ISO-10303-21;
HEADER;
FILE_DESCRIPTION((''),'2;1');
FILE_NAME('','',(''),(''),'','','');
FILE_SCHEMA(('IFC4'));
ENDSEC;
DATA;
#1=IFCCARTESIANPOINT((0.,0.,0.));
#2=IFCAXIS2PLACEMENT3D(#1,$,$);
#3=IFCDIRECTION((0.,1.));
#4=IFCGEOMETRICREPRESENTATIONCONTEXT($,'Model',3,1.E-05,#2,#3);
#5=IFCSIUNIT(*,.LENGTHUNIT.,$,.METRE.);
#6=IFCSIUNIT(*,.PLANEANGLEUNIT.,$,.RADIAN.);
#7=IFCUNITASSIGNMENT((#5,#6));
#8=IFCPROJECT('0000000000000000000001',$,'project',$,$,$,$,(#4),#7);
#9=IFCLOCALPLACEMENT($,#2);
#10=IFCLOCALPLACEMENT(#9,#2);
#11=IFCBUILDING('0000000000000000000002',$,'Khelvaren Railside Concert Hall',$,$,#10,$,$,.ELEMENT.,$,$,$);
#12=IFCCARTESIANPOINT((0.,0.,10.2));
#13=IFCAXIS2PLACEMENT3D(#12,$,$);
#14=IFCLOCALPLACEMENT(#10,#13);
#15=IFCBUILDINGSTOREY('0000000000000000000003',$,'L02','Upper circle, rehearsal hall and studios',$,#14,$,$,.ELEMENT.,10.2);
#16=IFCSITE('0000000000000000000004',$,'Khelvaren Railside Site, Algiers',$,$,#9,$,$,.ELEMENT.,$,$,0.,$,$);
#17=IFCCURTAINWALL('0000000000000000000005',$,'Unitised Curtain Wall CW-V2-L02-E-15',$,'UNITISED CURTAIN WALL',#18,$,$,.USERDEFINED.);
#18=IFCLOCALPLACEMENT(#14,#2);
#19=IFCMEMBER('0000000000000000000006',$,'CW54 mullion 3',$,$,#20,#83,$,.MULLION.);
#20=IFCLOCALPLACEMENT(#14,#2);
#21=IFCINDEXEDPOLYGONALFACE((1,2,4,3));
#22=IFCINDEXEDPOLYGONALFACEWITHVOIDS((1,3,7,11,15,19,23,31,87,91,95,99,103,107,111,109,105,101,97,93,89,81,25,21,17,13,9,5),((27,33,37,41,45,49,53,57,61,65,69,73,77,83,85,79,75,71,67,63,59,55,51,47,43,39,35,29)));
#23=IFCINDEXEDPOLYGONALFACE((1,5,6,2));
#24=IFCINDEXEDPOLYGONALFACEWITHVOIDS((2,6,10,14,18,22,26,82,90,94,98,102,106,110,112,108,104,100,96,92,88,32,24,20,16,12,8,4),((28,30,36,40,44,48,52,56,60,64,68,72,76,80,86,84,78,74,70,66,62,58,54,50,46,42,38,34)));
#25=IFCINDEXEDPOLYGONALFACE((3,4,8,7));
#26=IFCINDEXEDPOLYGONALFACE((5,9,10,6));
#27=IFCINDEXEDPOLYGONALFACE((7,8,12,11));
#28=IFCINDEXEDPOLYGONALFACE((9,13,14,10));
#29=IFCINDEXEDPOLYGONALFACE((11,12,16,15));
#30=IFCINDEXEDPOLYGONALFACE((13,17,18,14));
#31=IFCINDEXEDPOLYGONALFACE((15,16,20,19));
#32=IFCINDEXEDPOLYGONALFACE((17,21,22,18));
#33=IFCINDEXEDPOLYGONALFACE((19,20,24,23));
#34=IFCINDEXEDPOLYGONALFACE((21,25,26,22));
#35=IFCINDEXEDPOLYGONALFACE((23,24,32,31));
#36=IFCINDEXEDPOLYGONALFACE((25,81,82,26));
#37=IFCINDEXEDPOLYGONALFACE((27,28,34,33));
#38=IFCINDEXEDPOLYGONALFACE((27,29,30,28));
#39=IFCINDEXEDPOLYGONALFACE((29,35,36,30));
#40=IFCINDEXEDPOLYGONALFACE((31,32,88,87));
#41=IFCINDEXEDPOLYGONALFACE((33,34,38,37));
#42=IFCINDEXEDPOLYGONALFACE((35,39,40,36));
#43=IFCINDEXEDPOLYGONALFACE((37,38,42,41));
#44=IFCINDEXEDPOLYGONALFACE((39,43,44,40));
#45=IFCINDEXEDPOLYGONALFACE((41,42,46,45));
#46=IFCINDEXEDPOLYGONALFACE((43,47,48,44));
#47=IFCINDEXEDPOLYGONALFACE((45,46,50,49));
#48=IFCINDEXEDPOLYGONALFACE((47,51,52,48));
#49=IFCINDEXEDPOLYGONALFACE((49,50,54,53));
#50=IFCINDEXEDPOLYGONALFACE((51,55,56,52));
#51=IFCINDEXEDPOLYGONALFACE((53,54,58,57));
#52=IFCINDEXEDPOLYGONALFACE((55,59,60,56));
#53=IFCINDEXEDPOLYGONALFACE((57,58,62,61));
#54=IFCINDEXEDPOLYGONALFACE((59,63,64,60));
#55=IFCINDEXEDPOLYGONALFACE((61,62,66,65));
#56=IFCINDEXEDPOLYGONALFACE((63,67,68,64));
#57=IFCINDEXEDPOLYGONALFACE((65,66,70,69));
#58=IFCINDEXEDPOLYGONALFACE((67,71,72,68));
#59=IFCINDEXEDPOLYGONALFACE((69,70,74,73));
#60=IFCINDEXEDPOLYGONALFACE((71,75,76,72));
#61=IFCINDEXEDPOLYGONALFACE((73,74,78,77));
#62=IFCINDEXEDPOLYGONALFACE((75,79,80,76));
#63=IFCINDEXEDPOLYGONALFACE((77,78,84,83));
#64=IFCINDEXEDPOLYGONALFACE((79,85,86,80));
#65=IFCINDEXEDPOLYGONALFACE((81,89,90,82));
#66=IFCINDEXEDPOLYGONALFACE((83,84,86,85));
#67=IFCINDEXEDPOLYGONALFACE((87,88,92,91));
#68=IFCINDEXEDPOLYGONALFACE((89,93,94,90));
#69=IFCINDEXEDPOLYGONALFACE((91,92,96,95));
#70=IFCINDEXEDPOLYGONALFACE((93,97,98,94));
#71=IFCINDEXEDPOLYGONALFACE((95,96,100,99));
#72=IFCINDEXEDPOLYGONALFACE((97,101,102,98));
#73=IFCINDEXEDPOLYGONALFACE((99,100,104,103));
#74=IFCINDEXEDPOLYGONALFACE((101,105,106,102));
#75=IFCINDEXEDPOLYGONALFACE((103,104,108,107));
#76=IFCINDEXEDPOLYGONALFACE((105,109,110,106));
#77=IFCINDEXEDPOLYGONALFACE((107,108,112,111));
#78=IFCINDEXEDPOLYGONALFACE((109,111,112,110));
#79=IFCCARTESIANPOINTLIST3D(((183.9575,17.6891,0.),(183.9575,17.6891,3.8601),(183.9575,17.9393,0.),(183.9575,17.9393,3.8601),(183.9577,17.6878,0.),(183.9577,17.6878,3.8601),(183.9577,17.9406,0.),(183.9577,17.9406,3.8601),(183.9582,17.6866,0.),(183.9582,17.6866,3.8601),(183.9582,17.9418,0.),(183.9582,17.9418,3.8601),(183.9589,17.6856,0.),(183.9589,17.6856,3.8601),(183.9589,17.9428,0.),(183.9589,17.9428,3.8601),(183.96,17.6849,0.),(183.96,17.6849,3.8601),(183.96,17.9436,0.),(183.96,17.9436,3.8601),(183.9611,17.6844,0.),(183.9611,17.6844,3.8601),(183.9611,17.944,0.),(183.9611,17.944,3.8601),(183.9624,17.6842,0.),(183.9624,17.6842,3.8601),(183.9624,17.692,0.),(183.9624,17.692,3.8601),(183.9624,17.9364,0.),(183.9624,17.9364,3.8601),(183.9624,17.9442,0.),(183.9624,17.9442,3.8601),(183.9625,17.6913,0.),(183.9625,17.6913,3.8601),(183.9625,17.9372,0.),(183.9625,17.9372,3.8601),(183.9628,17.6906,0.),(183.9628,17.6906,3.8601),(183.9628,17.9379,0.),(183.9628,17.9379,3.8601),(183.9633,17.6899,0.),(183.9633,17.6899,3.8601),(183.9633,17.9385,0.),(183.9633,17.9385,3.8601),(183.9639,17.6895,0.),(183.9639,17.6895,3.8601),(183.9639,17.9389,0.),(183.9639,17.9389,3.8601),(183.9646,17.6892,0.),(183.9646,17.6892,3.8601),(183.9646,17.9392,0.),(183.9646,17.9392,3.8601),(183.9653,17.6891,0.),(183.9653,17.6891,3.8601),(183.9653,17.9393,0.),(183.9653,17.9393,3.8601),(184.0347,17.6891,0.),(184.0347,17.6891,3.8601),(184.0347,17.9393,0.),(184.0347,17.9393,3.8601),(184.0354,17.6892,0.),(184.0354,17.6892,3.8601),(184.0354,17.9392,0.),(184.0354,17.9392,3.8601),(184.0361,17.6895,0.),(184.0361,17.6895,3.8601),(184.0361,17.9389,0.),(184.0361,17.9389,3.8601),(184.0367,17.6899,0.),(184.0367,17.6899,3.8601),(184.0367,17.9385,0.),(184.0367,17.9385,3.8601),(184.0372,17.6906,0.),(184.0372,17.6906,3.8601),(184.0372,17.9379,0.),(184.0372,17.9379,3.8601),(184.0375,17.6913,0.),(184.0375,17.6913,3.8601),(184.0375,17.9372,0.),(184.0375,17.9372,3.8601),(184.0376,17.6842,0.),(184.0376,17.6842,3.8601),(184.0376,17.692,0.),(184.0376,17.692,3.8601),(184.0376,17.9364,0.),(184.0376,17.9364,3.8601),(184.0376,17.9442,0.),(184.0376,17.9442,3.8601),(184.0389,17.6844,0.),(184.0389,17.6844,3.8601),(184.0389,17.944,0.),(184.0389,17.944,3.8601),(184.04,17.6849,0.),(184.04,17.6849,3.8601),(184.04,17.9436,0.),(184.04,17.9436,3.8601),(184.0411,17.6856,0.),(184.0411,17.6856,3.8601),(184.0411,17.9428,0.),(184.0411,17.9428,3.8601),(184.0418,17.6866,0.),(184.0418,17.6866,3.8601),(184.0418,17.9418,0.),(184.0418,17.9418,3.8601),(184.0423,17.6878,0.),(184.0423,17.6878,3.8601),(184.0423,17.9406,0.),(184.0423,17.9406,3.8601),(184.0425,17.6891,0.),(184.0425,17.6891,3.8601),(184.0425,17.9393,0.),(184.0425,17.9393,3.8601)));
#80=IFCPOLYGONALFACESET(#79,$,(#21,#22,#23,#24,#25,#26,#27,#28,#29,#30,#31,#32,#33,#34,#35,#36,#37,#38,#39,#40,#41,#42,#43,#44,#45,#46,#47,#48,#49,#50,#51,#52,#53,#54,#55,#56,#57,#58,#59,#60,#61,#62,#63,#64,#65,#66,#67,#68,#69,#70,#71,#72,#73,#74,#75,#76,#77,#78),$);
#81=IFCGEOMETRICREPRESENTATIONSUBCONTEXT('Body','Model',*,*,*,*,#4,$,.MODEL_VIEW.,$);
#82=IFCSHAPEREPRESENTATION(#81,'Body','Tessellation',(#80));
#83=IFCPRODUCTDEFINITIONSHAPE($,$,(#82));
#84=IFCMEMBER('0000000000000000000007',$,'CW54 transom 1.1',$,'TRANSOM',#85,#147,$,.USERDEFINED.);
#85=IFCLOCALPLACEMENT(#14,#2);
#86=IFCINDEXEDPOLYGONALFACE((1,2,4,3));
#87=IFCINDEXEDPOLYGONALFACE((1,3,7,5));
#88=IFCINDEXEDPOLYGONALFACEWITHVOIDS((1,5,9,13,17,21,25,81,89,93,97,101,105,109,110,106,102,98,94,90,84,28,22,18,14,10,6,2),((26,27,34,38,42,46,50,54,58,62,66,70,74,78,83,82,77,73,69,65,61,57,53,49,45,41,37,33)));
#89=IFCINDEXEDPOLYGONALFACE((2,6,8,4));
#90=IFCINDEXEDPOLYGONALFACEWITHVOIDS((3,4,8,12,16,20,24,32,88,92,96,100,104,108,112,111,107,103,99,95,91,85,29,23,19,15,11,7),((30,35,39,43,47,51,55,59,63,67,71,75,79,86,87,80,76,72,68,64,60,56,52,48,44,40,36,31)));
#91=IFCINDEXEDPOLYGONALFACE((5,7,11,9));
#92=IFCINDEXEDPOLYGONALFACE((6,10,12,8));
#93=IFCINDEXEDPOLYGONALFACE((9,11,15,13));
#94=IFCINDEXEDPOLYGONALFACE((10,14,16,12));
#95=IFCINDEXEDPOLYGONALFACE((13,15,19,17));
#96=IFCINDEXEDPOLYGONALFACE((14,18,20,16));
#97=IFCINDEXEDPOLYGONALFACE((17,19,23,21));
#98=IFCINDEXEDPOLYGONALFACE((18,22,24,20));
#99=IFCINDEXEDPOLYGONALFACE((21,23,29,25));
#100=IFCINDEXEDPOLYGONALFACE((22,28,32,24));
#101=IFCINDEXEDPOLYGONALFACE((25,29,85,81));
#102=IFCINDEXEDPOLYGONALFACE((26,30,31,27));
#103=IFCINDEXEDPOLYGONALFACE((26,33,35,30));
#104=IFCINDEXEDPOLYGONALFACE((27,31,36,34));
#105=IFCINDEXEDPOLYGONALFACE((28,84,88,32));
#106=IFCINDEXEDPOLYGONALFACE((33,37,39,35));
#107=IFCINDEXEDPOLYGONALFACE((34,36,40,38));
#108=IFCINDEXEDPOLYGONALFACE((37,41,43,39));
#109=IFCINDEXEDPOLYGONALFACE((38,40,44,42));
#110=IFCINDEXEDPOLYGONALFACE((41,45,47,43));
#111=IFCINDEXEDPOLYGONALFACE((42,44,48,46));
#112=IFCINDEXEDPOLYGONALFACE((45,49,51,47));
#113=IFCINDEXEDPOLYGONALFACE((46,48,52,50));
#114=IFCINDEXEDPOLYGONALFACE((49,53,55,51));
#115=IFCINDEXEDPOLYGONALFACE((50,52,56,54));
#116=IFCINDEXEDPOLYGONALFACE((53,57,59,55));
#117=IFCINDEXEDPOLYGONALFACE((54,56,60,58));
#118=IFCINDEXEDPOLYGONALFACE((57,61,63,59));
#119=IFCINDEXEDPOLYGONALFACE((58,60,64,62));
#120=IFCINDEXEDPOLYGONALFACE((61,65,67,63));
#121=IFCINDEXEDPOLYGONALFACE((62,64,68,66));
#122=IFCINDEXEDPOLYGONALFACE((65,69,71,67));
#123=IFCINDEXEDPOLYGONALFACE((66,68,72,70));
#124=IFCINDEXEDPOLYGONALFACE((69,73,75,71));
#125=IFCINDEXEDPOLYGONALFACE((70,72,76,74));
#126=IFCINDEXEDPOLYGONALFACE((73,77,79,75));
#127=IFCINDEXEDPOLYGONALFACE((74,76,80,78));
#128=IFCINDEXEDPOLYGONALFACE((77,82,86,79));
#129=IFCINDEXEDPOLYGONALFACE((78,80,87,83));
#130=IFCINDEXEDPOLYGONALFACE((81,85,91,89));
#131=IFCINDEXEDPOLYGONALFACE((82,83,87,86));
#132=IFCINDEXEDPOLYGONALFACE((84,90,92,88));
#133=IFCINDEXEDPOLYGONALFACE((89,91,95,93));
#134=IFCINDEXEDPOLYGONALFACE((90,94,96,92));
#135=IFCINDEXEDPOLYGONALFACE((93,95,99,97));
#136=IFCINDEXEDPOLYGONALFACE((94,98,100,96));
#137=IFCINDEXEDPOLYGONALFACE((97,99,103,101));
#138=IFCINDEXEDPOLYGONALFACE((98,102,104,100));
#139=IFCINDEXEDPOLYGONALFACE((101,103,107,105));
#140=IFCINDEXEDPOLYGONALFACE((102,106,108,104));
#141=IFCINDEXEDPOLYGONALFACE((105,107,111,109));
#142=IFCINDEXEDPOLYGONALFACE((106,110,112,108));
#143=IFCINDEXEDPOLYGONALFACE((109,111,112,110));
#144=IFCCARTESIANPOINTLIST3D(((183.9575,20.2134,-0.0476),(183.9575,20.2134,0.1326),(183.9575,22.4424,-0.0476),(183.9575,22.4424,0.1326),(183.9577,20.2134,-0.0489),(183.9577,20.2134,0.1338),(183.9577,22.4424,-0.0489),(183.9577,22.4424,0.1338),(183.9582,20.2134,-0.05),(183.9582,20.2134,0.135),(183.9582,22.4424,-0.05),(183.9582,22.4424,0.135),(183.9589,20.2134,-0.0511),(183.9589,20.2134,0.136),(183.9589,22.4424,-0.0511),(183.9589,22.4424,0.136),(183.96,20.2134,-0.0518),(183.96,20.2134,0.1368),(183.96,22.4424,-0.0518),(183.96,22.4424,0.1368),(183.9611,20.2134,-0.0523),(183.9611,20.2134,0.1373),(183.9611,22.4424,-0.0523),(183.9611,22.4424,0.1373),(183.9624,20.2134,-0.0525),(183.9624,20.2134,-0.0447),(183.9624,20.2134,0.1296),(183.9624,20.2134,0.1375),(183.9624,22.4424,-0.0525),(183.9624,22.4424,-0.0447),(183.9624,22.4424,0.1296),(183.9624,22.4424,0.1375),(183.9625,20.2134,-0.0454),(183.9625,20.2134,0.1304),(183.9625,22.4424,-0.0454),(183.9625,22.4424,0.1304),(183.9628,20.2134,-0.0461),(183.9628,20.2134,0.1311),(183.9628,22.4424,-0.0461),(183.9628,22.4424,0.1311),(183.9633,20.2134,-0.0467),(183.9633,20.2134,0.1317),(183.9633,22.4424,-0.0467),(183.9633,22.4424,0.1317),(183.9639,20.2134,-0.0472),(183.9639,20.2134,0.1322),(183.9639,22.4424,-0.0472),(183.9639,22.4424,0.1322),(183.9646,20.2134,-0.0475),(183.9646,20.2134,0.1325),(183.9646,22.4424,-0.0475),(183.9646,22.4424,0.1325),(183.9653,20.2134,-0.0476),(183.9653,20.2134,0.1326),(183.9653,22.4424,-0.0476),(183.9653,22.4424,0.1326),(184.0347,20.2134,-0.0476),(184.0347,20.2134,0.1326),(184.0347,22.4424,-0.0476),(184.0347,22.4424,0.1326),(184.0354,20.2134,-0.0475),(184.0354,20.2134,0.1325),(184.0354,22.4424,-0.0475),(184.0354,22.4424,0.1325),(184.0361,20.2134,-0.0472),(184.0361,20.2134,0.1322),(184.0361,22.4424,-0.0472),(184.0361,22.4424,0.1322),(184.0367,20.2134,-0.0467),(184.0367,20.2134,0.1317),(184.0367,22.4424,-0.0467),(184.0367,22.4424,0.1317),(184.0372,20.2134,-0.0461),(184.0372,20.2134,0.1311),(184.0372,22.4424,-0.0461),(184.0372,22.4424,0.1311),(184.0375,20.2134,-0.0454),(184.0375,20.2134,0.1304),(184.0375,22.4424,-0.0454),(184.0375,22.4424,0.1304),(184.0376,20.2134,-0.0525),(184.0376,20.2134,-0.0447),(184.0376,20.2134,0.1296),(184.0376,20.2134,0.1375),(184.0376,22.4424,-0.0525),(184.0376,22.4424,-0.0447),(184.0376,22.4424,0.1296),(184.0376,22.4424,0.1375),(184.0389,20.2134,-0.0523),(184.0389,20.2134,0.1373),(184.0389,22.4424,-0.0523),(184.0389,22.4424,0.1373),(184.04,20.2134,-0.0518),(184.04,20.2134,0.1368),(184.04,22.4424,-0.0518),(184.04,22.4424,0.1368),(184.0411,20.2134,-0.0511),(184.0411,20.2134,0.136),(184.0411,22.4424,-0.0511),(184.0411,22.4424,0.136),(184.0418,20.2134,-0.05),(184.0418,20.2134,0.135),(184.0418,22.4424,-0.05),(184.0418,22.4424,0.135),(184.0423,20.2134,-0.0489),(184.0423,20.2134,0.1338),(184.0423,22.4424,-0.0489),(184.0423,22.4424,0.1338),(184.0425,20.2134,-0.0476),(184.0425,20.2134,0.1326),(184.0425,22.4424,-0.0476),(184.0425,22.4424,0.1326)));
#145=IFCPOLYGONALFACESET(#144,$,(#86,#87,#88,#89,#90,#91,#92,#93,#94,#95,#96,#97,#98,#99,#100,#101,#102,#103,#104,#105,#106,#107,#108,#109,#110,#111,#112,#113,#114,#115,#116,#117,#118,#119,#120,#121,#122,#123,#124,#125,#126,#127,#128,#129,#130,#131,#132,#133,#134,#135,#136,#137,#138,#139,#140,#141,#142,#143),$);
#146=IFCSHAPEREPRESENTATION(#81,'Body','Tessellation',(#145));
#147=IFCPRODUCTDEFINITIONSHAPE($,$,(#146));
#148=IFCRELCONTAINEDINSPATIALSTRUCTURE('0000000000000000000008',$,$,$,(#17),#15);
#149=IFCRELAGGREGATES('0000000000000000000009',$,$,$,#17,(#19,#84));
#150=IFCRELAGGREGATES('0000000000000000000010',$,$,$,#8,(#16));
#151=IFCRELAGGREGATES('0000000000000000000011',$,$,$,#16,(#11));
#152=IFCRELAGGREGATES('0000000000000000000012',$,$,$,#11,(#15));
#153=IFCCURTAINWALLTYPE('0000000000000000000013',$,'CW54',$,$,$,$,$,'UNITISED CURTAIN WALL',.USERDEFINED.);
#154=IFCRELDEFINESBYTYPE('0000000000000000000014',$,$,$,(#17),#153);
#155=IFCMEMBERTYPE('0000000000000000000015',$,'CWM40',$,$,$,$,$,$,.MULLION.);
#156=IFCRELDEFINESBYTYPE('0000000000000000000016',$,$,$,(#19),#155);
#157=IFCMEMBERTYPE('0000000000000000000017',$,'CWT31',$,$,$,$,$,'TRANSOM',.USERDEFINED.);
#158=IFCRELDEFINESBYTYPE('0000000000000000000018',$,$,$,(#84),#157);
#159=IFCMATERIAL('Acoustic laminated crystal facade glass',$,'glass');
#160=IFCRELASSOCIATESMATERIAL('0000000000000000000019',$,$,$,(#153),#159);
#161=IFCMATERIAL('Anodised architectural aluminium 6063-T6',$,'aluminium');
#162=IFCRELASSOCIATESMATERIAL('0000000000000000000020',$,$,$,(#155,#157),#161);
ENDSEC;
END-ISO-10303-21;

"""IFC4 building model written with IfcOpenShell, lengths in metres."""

from ifc_helpers import new_model, si_unit, direction, frame, origin, origin_2d, place, context, subcontext, project, spatial, hollow_rectangle, extrude, material, material_profile, profile_set, type_object, element, aggregate, save


model = new_model("IFC4")

# Units and contexts
model_context = context("Model", 3, precision=1e-05, world=origin(), true_north=direction((0.0, 1.0)))
body_context = subcontext(model_context, "Body", "Model", "MODEL_VIEW")
ifc_project = project(units=[si_unit("LENGTHUNIT", "METRE"), si_unit("PLANEANGLEUNIT", "RADIAN")], contexts=[model_context])

# Site, building, storey
site_placement = place(None, origin())
site = spatial("IfcSite", under=ifc_project, at=site_placement, Name="Khelvaren Railside Site, Algiers", CompositionType="ELEMENT", RefElevation=0.0)
building_placement = place(site_placement, origin())
building = spatial("IfcBuilding", under=site, at=building_placement, Name="Khelvaren Railside Concert Hall", CompositionType="ELEMENT")
storey_placement = place(building_placement, frame((0.0, 0.0, 10.2)))
storey = spatial("IfcBuildingStorey", under=building, at=storey_placement, Name="L02", Description="Upper circle, rehearsal hall and studios", CompositionType="ELEMENT", Elevation=10.2)

# Curtain wall, members
ifc_material_1 = material(Name="Acoustic laminated crystal facade glass", Category="glass")
curtain_wall_type = type_object("IfcCurtainWallType", Name="CW54", ElementType="UNITISED CURTAIN WALL", PredefinedType="USERDEFINED", material=ifc_material_1)
curtain_wall_placement = place(storey_placement, origin())
curtain_wall = element("IfcCurtainWall", 1, at=curtain_wall_placement, inside=storey, type_object=curtain_wall_type, Name="Unitised Curtain Wall CW-V2-L02-E-15", ObjectType="UNITISED CURTAIN WALL", PredefinedType="USERDEFINED")
ifc_material_2 = material(Name="Anodised architectural aluminium 6063-T6", Category="aluminium")
ifc_material_profile_1 = material_profile(ifc_material_2, hollow_rectangle(XDim=0.085, YDim=0.26, WallThickness=0.0049, InnerFilletRadius=0.0029, OuterFilletRadius=0.0049, at=origin_2d()), Name="CWM 85x260x5")
ifc_profile_set_1 = profile_set([ifc_material_profile_1], Name="Anodised architectural aluminium 6063-T6")
member_type_1 = type_object("IfcMemberType", Name="CWM40", PredefinedType="MULLION", material=ifc_profile_set_1)
member_1_placement = place(storey_placement, frame((184.0, 17.8142, 0.0), z_axis=(0.0, 0.0, 1.0), x_axis=(1.0, 0.0, 0.0)))
member_1 = element("IfcMember", 2, at=member_1_placement, type_object=member_type_1, Name="CW54 mullion 3", PredefinedType="MULLION", context=body_context, shape_type="SweptSolid", body=[
    extrude(hollow_rectangle(XDim=0.085, YDim=0.26, WallThickness=0.0049, InnerFilletRadius=0.0029, OuterFilletRadius=0.0049, at=origin_2d()), origin(), (0.0, 0.0, 1.0), 3.8601),
])
ifc_material_profile_2 = material_profile(ifc_material_2, hollow_rectangle(XDim=0.085, YDim=0.1899, WallThickness=0.0049, InnerFilletRadius=0.0029, OuterFilletRadius=0.0049, at=origin_2d()), Name="CWT 85x190x5")
ifc_profile_set_2 = profile_set([ifc_material_profile_2], Name="Anodised architectural aluminium 6063-T6")
member_type_2 = type_object("IfcMemberType", Name="CWT31", ElementType="TRANSOM", PredefinedType="USERDEFINED", material=ifc_profile_set_2)
member_2_placement = place(storey_placement, frame((184.0, 22.4424, 0.0425), z_axis=(0.0, -1.0, 0.0), x_axis=(1.0, 0.0, 0.0)))
member_2 = element("IfcMember", 3, at=member_2_placement, type_object=member_type_2, Name="CW54 transom 1.1", ObjectType="TRANSOM", PredefinedType="USERDEFINED", context=body_context, shape_type="SweptSolid", body=[
    extrude(hollow_rectangle(XDim=0.085, YDim=0.1899, WallThickness=0.0049, InnerFilletRadius=0.0029, OuterFilletRadius=0.0049, at=origin_2d()), origin(), (0.0, 0.0, 1.0), 2.229),
])
aggregate(curtain_wall, [member_1, member_2])

save(model, "model.ifc")
